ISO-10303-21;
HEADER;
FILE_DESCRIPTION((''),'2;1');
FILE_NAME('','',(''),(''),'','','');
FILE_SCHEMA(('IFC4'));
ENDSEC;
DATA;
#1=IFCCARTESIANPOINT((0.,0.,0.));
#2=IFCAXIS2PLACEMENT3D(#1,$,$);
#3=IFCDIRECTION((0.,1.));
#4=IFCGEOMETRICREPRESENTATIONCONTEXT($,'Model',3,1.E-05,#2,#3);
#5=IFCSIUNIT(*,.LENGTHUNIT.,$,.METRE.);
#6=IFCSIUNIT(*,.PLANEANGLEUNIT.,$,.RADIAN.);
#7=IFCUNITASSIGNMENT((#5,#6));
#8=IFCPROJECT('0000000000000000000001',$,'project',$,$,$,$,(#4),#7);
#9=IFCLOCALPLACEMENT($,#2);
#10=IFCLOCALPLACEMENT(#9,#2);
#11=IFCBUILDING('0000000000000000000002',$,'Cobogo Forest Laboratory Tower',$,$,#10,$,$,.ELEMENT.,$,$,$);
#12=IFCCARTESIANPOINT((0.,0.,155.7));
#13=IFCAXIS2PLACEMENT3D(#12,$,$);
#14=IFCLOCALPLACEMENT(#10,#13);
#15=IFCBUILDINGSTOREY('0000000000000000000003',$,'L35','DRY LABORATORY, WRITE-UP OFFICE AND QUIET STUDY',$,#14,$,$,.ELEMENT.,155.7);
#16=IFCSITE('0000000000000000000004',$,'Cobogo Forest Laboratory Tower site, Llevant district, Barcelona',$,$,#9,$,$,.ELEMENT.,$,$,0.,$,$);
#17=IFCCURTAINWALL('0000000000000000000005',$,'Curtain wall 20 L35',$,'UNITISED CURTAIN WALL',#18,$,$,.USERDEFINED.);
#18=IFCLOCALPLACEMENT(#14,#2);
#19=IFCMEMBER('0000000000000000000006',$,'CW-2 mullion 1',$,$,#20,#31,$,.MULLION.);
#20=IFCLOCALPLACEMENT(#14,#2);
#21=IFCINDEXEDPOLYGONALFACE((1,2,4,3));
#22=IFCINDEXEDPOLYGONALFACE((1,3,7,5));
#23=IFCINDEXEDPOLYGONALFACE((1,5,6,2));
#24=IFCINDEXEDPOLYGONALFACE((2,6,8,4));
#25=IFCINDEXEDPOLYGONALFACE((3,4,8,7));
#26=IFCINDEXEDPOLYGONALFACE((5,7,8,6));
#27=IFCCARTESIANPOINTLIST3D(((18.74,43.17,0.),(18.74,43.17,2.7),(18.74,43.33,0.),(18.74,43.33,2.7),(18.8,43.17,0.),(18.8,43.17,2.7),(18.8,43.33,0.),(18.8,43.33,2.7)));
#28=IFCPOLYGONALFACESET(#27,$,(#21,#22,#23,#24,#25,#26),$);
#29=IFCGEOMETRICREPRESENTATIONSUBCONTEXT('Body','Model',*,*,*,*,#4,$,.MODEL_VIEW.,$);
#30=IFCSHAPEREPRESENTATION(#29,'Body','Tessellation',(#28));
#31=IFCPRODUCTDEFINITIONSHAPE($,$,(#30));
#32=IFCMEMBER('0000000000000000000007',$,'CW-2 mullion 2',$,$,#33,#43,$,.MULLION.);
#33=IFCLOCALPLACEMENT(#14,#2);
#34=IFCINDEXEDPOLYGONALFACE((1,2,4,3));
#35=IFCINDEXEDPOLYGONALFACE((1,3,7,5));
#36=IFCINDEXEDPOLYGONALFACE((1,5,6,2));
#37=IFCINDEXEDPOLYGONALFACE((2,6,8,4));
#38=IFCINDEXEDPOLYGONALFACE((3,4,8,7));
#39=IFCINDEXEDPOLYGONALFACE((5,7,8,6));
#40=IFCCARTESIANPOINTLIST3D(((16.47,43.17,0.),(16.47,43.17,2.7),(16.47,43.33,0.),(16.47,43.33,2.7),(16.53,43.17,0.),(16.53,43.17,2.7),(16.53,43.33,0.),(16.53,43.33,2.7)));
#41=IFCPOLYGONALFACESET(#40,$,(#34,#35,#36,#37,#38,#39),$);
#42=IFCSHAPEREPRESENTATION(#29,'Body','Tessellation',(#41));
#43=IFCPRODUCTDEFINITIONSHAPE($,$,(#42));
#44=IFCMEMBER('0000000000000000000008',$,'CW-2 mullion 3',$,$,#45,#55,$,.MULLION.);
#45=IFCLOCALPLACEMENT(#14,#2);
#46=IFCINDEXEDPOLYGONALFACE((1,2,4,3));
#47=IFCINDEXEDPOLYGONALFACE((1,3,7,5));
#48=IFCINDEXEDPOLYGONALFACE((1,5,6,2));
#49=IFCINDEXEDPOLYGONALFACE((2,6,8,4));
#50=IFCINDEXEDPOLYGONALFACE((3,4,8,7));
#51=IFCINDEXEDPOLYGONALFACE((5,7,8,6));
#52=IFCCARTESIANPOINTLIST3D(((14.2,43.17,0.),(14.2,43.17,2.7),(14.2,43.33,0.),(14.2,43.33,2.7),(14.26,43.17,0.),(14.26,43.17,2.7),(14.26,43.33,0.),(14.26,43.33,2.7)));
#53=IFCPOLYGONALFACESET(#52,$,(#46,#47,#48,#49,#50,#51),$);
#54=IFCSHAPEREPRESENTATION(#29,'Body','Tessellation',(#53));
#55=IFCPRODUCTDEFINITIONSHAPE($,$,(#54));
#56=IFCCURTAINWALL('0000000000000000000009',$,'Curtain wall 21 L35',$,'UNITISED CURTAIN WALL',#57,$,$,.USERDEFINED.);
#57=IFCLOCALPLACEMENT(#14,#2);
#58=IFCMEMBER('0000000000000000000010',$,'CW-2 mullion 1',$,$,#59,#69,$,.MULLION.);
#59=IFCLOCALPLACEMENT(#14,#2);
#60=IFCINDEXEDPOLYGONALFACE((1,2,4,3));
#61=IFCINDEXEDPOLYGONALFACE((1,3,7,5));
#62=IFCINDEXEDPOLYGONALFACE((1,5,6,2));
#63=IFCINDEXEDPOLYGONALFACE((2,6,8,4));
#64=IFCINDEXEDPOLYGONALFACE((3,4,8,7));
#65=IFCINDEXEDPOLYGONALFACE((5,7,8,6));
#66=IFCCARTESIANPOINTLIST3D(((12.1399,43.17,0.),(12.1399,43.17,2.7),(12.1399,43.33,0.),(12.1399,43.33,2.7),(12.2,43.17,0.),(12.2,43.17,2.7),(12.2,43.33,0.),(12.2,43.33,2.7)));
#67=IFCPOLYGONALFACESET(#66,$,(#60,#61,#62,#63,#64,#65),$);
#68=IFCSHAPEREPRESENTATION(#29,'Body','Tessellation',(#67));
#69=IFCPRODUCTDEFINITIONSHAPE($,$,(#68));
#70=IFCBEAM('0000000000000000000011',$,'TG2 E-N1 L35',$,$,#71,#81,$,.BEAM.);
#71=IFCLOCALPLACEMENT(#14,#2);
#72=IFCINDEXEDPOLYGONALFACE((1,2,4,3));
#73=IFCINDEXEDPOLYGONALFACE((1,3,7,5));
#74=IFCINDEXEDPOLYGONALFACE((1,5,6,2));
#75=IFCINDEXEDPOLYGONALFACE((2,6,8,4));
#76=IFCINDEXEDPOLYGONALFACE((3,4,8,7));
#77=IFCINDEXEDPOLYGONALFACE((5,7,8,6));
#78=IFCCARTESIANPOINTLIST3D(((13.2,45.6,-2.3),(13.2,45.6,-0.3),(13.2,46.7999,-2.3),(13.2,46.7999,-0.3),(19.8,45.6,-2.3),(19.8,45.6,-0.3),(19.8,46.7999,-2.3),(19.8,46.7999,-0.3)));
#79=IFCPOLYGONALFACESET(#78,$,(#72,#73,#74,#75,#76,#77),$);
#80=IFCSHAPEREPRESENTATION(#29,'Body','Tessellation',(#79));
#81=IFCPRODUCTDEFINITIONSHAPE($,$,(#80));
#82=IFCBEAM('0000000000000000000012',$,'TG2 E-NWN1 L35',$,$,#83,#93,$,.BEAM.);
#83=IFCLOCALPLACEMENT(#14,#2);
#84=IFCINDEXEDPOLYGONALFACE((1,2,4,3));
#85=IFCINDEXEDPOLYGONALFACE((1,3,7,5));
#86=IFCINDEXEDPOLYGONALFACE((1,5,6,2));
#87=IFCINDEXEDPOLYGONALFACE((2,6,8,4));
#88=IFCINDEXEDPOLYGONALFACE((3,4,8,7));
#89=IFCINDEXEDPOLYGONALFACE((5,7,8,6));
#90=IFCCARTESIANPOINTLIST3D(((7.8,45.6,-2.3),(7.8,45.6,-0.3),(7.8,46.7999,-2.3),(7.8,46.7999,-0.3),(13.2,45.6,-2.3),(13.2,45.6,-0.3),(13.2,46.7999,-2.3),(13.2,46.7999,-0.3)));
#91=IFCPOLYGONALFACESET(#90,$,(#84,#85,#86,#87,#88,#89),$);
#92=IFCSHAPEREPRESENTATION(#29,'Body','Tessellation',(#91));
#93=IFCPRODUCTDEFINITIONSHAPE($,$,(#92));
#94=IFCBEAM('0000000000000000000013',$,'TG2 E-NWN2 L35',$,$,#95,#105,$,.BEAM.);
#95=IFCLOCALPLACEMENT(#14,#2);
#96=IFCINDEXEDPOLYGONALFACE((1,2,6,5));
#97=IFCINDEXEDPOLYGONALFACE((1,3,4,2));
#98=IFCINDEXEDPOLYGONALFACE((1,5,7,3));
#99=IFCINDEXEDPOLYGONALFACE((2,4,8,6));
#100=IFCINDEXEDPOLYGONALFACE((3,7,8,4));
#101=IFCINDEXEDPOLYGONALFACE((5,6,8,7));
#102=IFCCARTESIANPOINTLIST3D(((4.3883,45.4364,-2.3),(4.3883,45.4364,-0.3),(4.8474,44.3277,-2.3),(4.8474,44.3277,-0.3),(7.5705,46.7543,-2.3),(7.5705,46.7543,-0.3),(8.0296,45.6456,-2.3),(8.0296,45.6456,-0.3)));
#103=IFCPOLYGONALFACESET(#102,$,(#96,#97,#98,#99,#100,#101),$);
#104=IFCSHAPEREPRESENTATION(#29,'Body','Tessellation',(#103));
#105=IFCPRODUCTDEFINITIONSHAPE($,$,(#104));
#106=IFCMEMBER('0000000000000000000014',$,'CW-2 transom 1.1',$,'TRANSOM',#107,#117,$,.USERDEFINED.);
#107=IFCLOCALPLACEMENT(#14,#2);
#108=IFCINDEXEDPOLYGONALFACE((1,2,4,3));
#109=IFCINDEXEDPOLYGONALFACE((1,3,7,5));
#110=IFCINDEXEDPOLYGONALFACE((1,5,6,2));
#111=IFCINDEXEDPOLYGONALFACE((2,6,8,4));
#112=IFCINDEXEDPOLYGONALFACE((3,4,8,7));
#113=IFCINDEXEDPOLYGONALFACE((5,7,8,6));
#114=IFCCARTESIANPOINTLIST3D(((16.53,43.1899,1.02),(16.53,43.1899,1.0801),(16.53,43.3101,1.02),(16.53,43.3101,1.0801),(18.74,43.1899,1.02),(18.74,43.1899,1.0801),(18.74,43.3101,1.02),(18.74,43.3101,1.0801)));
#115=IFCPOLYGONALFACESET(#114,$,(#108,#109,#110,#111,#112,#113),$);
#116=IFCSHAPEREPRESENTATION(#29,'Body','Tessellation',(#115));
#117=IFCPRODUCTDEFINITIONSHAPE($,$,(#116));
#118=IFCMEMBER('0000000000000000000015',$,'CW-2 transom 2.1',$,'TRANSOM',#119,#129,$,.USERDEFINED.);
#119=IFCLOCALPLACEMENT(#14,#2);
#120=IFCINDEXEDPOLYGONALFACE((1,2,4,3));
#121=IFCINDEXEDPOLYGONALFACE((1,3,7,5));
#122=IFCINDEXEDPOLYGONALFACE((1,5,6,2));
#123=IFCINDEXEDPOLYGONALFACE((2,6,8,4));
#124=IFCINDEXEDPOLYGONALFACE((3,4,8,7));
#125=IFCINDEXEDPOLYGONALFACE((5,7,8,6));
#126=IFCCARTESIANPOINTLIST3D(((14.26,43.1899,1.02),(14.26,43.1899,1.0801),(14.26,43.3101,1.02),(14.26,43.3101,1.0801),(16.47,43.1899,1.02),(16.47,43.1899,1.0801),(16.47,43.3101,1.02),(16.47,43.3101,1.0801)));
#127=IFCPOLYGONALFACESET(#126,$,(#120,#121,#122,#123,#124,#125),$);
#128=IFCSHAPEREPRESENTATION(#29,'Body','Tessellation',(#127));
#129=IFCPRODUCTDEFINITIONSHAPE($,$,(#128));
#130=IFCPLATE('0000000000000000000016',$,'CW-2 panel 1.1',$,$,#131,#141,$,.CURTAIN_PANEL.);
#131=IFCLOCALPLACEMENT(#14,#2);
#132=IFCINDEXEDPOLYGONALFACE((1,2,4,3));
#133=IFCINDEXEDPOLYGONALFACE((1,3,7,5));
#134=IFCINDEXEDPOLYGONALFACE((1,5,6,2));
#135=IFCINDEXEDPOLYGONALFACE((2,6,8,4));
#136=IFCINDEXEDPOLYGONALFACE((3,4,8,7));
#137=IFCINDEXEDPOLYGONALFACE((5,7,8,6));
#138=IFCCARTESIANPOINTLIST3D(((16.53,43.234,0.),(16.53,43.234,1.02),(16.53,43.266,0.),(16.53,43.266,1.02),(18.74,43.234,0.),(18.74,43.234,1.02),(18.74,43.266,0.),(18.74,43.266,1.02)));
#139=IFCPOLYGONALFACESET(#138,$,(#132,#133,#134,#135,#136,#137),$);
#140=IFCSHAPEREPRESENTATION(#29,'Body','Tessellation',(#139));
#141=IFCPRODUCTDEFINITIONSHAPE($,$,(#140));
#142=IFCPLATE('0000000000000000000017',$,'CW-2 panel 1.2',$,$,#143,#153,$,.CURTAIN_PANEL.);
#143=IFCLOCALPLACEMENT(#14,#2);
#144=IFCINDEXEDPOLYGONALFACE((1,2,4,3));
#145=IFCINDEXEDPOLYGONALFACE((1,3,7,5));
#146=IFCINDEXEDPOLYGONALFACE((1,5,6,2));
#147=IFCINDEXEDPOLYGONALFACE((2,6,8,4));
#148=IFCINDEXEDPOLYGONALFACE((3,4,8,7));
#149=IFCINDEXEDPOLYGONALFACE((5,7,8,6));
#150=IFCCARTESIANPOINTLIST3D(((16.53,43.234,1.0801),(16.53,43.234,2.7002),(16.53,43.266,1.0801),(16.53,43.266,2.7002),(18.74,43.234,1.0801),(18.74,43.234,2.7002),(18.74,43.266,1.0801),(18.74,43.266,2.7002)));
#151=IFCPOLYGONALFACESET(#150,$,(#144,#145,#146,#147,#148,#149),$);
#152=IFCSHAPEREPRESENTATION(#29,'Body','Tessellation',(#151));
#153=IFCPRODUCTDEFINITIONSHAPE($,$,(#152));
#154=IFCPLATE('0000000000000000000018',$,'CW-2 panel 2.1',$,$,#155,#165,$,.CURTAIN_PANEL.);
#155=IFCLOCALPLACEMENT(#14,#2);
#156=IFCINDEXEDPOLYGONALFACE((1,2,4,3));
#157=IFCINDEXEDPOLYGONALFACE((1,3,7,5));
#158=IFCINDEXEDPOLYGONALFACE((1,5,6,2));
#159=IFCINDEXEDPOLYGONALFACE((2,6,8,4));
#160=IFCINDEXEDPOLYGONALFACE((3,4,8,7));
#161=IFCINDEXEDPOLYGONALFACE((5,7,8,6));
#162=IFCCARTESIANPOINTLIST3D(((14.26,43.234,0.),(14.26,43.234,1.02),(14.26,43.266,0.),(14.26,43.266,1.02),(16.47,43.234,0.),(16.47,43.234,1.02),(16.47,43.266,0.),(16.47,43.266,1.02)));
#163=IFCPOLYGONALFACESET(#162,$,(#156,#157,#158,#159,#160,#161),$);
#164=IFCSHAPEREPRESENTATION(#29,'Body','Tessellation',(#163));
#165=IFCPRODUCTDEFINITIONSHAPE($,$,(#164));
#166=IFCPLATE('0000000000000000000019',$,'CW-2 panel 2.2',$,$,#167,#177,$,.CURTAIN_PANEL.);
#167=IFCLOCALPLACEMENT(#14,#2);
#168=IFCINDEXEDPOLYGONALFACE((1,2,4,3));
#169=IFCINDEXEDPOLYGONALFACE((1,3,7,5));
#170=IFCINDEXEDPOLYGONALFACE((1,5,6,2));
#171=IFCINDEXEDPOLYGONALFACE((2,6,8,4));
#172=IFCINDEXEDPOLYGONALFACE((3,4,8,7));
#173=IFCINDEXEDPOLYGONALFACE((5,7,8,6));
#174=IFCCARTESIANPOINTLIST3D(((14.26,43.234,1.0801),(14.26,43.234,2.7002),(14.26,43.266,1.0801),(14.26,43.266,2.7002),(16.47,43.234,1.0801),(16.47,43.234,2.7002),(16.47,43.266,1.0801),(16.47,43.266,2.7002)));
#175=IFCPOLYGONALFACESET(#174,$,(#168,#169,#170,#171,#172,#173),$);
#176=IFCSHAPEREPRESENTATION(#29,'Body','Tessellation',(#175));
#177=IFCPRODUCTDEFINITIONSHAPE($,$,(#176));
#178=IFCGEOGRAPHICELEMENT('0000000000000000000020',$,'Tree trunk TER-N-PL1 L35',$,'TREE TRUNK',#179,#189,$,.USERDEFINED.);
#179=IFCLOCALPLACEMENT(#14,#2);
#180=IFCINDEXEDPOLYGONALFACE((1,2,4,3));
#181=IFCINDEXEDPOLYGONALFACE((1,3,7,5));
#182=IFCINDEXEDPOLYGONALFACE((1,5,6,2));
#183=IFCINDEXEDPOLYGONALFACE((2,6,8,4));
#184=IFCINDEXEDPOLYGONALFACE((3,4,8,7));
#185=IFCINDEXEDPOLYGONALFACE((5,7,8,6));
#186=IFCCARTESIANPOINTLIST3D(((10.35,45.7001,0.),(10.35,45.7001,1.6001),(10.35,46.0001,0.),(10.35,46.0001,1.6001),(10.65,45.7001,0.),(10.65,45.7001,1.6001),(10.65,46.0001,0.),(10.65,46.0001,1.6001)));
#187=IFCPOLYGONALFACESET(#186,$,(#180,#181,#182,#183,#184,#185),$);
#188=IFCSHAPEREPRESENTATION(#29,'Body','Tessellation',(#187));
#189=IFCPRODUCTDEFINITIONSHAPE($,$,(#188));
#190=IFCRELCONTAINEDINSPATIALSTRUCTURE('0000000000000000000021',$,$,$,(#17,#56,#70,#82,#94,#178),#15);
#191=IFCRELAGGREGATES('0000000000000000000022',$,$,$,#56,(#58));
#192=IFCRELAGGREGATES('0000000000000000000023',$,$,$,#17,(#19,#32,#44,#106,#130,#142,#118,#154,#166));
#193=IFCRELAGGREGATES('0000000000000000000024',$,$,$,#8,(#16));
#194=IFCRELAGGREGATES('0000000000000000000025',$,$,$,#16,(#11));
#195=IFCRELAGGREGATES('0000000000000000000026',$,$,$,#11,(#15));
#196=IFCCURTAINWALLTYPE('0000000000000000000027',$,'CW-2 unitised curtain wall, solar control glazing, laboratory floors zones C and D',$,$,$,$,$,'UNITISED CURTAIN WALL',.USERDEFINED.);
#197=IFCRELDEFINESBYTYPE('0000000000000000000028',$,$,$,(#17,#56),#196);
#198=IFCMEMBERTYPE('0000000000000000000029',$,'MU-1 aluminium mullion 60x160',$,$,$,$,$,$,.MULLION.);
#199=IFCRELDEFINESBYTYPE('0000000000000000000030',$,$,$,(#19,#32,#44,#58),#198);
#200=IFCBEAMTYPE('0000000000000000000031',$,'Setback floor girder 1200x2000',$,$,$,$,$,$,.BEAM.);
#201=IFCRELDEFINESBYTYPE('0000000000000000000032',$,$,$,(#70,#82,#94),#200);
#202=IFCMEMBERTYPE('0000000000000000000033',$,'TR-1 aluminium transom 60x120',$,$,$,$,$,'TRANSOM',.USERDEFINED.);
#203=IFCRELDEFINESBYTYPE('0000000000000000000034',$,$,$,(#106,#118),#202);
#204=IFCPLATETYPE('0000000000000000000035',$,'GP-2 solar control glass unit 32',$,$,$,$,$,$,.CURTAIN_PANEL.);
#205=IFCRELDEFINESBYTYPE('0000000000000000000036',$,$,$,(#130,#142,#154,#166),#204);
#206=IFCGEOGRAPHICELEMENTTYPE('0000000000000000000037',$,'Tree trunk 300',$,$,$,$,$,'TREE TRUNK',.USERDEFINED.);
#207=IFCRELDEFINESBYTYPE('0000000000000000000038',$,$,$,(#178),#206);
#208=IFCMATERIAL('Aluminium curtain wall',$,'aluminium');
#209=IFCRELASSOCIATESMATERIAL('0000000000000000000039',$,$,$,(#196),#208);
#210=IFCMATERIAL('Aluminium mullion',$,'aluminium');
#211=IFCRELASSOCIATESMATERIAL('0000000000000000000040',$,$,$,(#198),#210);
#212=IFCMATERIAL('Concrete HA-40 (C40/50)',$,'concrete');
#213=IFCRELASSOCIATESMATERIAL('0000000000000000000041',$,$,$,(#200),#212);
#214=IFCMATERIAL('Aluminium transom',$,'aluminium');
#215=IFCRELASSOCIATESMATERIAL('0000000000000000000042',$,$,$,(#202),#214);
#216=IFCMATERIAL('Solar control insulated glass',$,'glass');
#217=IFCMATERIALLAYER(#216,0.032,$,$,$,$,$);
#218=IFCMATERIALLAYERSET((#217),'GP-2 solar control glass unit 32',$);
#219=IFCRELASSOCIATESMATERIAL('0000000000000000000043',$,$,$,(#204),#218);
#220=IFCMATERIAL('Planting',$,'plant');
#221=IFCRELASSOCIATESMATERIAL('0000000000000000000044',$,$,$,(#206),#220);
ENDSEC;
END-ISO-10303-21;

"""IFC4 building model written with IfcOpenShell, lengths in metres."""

from ifc_helpers import new_model, si_unit, direction, frame, origin, origin_2d, place, context, subcontext, project, spatial, rectangle, extrude, material, layer, layer_set, material_profile, profile_set, type_object, element, aggregate, save


model = new_model("IFC4")

# Units and contexts
model_context = context("Model", 3, precision=1e-05, world=origin(), true_north=direction((0.0, 1.0)))
body_context = subcontext(model_context, "Body", "Model", "MODEL_VIEW")
ifc_project = project(units=[si_unit("LENGTHUNIT", "METRE"), si_unit("PLANEANGLEUNIT", "RADIAN")], contexts=[model_context])

# Site, building, storey
site_placement = place(None, origin())
site = spatial("IfcSite", under=ifc_project, at=site_placement, Name="Cobogo Forest Laboratory Tower site, Llevant district, Barcelona", CompositionType="ELEMENT", RefElevation=0.0)
building_placement = place(site_placement, origin())
building = spatial("IfcBuilding", under=site, at=building_placement, Name="Cobogo Forest Laboratory Tower", CompositionType="ELEMENT")
storey_placement = place(building_placement, frame((0.0, 0.0, 155.7)))
storey = spatial("IfcBuildingStorey", under=building, at=storey_placement, Name="L35", Description="DRY LABORATORY, WRITE-UP OFFICE AND QUIET STUDY", CompositionType="ELEMENT", Elevation=155.7)

# Curtain wall, members
ifc_material_1 = material(Name="Aluminium curtain wall", Category="aluminium")
curtain_wall_type = type_object("IfcCurtainWallType", Name="CW-2 unitised curtain wall, solar control glazing, laboratory floors zones C and D", ElementType="UNITISED CURTAIN WALL", PredefinedType="USERDEFINED", material=ifc_material_1)
curtain_wall_1_placement = place(storey_placement, origin())
curtain_wall_1 = element("IfcCurtainWall", 1, at=curtain_wall_1_placement, inside=storey, type_object=curtain_wall_type, Name="Curtain wall 20 L35", ObjectType="UNITISED CURTAIN WALL", PredefinedType="USERDEFINED")
ifc_material_2 = material(Name="Aluminium mullion", Category="aluminium")
ifc_material_profile_1 = material_profile(ifc_material_2, rectangle(XDim=0.0601, YDim=0.1599, at=origin_2d()), Name="AL 60x160")
ifc_profile_set_1 = profile_set([ifc_material_profile_1], Name="Aluminium mullion")
member_type_1 = type_object("IfcMemberType", Name="MU-1 aluminium mullion 60x160", PredefinedType="MULLION", material=ifc_profile_set_1)
member_1_placement = place(storey_placement, frame((18.77, 43.25, 0.0), z_axis=(0.0, 0.0, 1.0), x_axis=(-1.0, 0.0, 0.0)))
member_1 = element("IfcMember", 2, at=member_1_placement, type_object=member_type_1, Name="CW-2 mullion 1", PredefinedType="MULLION", context=body_context, shape_type="SweptSolid", body=[
    extrude(rectangle(XDim=0.0601, YDim=0.1599, at=origin_2d()), origin(), (0.0, 0.0, 1.0), 2.7),
])
member_2_placement = place(storey_placement, frame((16.5, 43.25, 0.0), z_axis=(0.0, 0.0, 1.0), x_axis=(-1.0, 0.0, 0.0)))
member_2 = element("IfcMember", 3, at=member_2_placement, type_object=member_type_1, Name="CW-2 mullion 2", PredefinedType="MULLION", context=body_context, shape_type="SweptSolid", body=[
    extrude(rectangle(XDim=0.0601, YDim=0.1599, at=origin_2d()), origin(), (0.0, 0.0, 1.0), 2.7),
])
member_3_placement = place(storey_placement, frame((14.23, 43.25, 0.0), z_axis=(0.0, 0.0, 1.0), x_axis=(-1.0, 0.0, 0.0)))
member_3 = element("IfcMember", 4, at=member_3_placement, type_object=member_type_1, Name="CW-2 mullion 3", PredefinedType="MULLION", context=body_context, shape_type="SweptSolid", body=[
    extrude(rectangle(XDim=0.0601, YDim=0.1599, at=origin_2d()), origin(), (0.0, 0.0, 1.0), 2.7),
])

# Curtain wall, member
curtain_wall_2_placement = place(storey_placement, origin())
curtain_wall_2 = element("IfcCurtainWall", 5, at=curtain_wall_2_placement, inside=storey, type_object=curtain_wall_type, Name="Curtain wall 21 L35", ObjectType="UNITISED CURTAIN WALL", PredefinedType="USERDEFINED")
member_4_placement = place(storey_placement, frame((12.1699, 43.25, 0.0), z_axis=(0.0, 0.0, 1.0), x_axis=(-1.0, 0.0, 0.0)))
member_4 = element("IfcMember", 6, at=member_4_placement, type_object=member_type_1, Name="CW-2 mullion 1", PredefinedType="MULLION", context=body_context, shape_type="SweptSolid", body=[
    extrude(rectangle(XDim=0.0601, YDim=0.1599, at=origin_2d()), origin(), (0.0, 0.0, 1.0), 2.7),
])
aggregate(curtain_wall_2, [member_4])

# Beams
ifc_material_3 = material(Name="Concrete HA-40 (C40/50)", Category="concrete")
ifc_material_profile_2 = material_profile(ifc_material_3, rectangle(XDim=1.2, YDim=2.0, at=origin_2d()), Name="RC 1200x2000")
ifc_profile_set_2 = profile_set([ifc_material_profile_2], Name="Concrete HA-40 (C40/50)")
beam_type = type_object("IfcBeamType", Name="Setback floor girder 1200x2000", PredefinedType="BEAM", material=ifc_profile_set_2)
beam_1_placement = place(storey_placement, frame((13.2, 46.2, -1.3), z_axis=(1.0, 0.0, 0.0), x_axis=(0.0, 1.0, 0.0)))
element("IfcBeam", 7, at=beam_1_placement, inside=storey, type_object=beam_type, Name="TG2 E-N1 L35", PredefinedType="BEAM", context=body_context, shape_type="SweptSolid", body=[
    extrude(rectangle(XDim=1.2, YDim=2.0, at=origin_2d()), origin(), (0.0, 0.0, 1.0), 6.6001),
])
beam_2_placement = place(storey_placement, frame((13.2, 46.2, -1.3), z_axis=(-1.0, 0.0, 0.0), x_axis=(0.0, -1.0, 0.0)))
element("IfcBeam", 8, at=beam_2_placement, inside=storey, type_object=beam_type, Name="TG2 E-NWN1 L35", PredefinedType="BEAM", context=body_context, shape_type="SweptSolid", body=[
    extrude(rectangle(XDim=1.2, YDim=2.0, at=origin_2d()), origin(), (0.0, 0.0, 1.0), 5.3999),
])
beam_3_placement = place(storey_placement, frame((7.8, 46.2, -1.3), z_axis=(-0.923901, -0.382631, 0.0), x_axis=(0.382631, -0.923901, 0.0)))
element("IfcBeam", 9, at=beam_3_placement, inside=storey, type_object=beam_type, Name="TG2 E-NWN2 L35", PredefinedType="BEAM", context=body_context, shape_type="SweptSolid", body=[
    extrude(rectangle(XDim=1.2, YDim=2.0, at=origin_2d()), origin(), (0.0, 0.0, 1.0), 3.4443),
])

# Members
ifc_material_4 = material(Name="Aluminium transom", Category="aluminium")
ifc_material_profile_3 = material_profile(ifc_material_4, rectangle(XDim=0.1201, YDim=0.0601, at=origin_2d()), Name="AL 60x120")
ifc_profile_set_3 = profile_set([ifc_material_profile_3], Name="Aluminium transom")
member_type_2 = type_object("IfcMemberType", Name="TR-1 aluminium transom 60x120", ElementType="TRANSOM", PredefinedType="USERDEFINED", material=ifc_profile_set_3)
member_5_placement = place(storey_placement, frame((18.74, 43.25, 1.05), z_axis=(-1.0, 0.0, 0.0), x_axis=(0.0, -1.0, 0.0)))
member_5 = element("IfcMember", 10, at=member_5_placement, type_object=member_type_2, Name="CW-2 transom 1.1", ObjectType="TRANSOM", PredefinedType="USERDEFINED", context=body_context, shape_type="SweptSolid", body=[
    extrude(rectangle(XDim=0.1201, YDim=0.0601, at=origin_2d()), origin(), (0.0, 0.0, 1.0), 2.21),
])
member_6_placement = place(storey_placement, frame((16.47, 43.25, 1.05), z_axis=(-1.0, 0.0, 0.0), x_axis=(0.0, -1.0, 0.0)))
member_6 = element("IfcMember", 11, at=member_6_placement, type_object=member_type_2, Name="CW-2 transom 2.1", ObjectType="TRANSOM", PredefinedType="USERDEFINED", context=body_context, shape_type="SweptSolid", body=[
    extrude(rectangle(XDim=0.1201, YDim=0.0601, at=origin_2d()), origin(), (0.0, 0.0, 1.0), 2.21),
])

# Plates
ifc_material_5 = material(Name="Solar control insulated glass", Category="glass")
ifc_layer = layer(ifc_material_5, 0.032)
ifc_layer_set = layer_set([ifc_layer], Name="GP-2 solar control glass unit 32")
plate_type_1 = type_object("IfcPlateType", Name="GP-2 solar control glass unit 32", PredefinedType="CURTAIN_PANEL", material=ifc_layer_set)
plate_1_placement = place(storey_placement, frame((17.635, 43.25, 0.0), z_axis=(0.0, 0.0, 1.0), x_axis=(-1.0, 0.0, 0.0)))
plate_1 = element("IfcPlate", 12, at=plate_1_placement, type_object=plate_type_1, Name="CW-2 panel 1.1", PredefinedType="CURTAIN_PANEL", context=body_context, shape_type="SweptSolid", body=[
    extrude(rectangle(XDim=2.21, YDim=0.032, at=origin_2d()), origin(), (0.0, 0.0, 1.0), 1.02),
])
plate_2_placement = place(storey_placement, frame((17.635, 43.25, 1.0801), z_axis=(0.0, 0.0, 1.0), x_axis=(-1.0, 0.0, 0.0)))
plate_2 = element("IfcPlate", 13, at=plate_2_placement, type_object=plate_type_1, Name="CW-2 panel 1.2", PredefinedType="CURTAIN_PANEL", context=body_context, shape_type="SweptSolid", body=[
    extrude(rectangle(XDim=2.21, YDim=0.032, at=origin_2d()), origin(), (0.0, 0.0, 1.0), 1.6201),
])
plate_3_placement = place(storey_placement, frame((15.365, 43.25, 0.0), z_axis=(0.0, 0.0, 1.0), x_axis=(-1.0, 0.0, 0.0)))
plate_3 = element("IfcPlate", 14, at=plate_3_placement, type_object=plate_type_1, Name="CW-2 panel 2.1", PredefinedType="CURTAIN_PANEL", context=body_context, shape_type="SweptSolid", body=[
    extrude(rectangle(XDim=2.21, YDim=0.032, at=origin_2d()), origin(), (0.0, 0.0, 1.0), 1.02),
])
plate_4_placement = place(storey_placement, frame((15.365, 43.25, 1.0801), z_axis=(0.0, 0.0, 1.0), x_axis=(-1.0, 0.0, 0.0)))
plate_4 = element("IfcPlate", 15, at=plate_4_placement, type_object=plate_type_1, Name="CW-2 panel 2.2", PredefinedType="CURTAIN_PANEL", context=body_context, shape_type="SweptSolid", body=[
    extrude(rectangle(XDim=2.21, YDim=0.032, at=origin_2d()), origin(), (0.0, 0.0, 1.0), 1.6201),
])
aggregate(curtain_wall_1, [member_1, member_2, member_3, member_5, plate_1, plate_2, member_6, plate_3, plate_4])

# Geographic element
ifc_material_6 = material(Name="Planting", Category="plant")
geographic_element_type = type_object("IfcGeographicElementType", Name="Tree trunk 300", ElementType="TREE TRUNK", PredefinedType="USERDEFINED", material=ifc_material_6)
geographic_element_placement = place(storey_placement, frame((10.5, 45.8501, 0.0), z_axis=(0.0, 0.0, 1.0), x_axis=(1.0, 0.0, 0.0)))
element("IfcGeographicElement", 16, at=geographic_element_placement, inside=storey, type_object=geographic_element_type, Name="Tree trunk TER-N-PL1 L35", ObjectType="TREE TRUNK", PredefinedType="USERDEFINED", context=body_context, shape_type="SweptSolid", body=[
    extrude(rectangle(XDim=0.3, YDim=0.3, at=origin_2d()), origin(), (0.0, 0.0, 1.0), 1.6001),
])

save(model, "model.ifc")
